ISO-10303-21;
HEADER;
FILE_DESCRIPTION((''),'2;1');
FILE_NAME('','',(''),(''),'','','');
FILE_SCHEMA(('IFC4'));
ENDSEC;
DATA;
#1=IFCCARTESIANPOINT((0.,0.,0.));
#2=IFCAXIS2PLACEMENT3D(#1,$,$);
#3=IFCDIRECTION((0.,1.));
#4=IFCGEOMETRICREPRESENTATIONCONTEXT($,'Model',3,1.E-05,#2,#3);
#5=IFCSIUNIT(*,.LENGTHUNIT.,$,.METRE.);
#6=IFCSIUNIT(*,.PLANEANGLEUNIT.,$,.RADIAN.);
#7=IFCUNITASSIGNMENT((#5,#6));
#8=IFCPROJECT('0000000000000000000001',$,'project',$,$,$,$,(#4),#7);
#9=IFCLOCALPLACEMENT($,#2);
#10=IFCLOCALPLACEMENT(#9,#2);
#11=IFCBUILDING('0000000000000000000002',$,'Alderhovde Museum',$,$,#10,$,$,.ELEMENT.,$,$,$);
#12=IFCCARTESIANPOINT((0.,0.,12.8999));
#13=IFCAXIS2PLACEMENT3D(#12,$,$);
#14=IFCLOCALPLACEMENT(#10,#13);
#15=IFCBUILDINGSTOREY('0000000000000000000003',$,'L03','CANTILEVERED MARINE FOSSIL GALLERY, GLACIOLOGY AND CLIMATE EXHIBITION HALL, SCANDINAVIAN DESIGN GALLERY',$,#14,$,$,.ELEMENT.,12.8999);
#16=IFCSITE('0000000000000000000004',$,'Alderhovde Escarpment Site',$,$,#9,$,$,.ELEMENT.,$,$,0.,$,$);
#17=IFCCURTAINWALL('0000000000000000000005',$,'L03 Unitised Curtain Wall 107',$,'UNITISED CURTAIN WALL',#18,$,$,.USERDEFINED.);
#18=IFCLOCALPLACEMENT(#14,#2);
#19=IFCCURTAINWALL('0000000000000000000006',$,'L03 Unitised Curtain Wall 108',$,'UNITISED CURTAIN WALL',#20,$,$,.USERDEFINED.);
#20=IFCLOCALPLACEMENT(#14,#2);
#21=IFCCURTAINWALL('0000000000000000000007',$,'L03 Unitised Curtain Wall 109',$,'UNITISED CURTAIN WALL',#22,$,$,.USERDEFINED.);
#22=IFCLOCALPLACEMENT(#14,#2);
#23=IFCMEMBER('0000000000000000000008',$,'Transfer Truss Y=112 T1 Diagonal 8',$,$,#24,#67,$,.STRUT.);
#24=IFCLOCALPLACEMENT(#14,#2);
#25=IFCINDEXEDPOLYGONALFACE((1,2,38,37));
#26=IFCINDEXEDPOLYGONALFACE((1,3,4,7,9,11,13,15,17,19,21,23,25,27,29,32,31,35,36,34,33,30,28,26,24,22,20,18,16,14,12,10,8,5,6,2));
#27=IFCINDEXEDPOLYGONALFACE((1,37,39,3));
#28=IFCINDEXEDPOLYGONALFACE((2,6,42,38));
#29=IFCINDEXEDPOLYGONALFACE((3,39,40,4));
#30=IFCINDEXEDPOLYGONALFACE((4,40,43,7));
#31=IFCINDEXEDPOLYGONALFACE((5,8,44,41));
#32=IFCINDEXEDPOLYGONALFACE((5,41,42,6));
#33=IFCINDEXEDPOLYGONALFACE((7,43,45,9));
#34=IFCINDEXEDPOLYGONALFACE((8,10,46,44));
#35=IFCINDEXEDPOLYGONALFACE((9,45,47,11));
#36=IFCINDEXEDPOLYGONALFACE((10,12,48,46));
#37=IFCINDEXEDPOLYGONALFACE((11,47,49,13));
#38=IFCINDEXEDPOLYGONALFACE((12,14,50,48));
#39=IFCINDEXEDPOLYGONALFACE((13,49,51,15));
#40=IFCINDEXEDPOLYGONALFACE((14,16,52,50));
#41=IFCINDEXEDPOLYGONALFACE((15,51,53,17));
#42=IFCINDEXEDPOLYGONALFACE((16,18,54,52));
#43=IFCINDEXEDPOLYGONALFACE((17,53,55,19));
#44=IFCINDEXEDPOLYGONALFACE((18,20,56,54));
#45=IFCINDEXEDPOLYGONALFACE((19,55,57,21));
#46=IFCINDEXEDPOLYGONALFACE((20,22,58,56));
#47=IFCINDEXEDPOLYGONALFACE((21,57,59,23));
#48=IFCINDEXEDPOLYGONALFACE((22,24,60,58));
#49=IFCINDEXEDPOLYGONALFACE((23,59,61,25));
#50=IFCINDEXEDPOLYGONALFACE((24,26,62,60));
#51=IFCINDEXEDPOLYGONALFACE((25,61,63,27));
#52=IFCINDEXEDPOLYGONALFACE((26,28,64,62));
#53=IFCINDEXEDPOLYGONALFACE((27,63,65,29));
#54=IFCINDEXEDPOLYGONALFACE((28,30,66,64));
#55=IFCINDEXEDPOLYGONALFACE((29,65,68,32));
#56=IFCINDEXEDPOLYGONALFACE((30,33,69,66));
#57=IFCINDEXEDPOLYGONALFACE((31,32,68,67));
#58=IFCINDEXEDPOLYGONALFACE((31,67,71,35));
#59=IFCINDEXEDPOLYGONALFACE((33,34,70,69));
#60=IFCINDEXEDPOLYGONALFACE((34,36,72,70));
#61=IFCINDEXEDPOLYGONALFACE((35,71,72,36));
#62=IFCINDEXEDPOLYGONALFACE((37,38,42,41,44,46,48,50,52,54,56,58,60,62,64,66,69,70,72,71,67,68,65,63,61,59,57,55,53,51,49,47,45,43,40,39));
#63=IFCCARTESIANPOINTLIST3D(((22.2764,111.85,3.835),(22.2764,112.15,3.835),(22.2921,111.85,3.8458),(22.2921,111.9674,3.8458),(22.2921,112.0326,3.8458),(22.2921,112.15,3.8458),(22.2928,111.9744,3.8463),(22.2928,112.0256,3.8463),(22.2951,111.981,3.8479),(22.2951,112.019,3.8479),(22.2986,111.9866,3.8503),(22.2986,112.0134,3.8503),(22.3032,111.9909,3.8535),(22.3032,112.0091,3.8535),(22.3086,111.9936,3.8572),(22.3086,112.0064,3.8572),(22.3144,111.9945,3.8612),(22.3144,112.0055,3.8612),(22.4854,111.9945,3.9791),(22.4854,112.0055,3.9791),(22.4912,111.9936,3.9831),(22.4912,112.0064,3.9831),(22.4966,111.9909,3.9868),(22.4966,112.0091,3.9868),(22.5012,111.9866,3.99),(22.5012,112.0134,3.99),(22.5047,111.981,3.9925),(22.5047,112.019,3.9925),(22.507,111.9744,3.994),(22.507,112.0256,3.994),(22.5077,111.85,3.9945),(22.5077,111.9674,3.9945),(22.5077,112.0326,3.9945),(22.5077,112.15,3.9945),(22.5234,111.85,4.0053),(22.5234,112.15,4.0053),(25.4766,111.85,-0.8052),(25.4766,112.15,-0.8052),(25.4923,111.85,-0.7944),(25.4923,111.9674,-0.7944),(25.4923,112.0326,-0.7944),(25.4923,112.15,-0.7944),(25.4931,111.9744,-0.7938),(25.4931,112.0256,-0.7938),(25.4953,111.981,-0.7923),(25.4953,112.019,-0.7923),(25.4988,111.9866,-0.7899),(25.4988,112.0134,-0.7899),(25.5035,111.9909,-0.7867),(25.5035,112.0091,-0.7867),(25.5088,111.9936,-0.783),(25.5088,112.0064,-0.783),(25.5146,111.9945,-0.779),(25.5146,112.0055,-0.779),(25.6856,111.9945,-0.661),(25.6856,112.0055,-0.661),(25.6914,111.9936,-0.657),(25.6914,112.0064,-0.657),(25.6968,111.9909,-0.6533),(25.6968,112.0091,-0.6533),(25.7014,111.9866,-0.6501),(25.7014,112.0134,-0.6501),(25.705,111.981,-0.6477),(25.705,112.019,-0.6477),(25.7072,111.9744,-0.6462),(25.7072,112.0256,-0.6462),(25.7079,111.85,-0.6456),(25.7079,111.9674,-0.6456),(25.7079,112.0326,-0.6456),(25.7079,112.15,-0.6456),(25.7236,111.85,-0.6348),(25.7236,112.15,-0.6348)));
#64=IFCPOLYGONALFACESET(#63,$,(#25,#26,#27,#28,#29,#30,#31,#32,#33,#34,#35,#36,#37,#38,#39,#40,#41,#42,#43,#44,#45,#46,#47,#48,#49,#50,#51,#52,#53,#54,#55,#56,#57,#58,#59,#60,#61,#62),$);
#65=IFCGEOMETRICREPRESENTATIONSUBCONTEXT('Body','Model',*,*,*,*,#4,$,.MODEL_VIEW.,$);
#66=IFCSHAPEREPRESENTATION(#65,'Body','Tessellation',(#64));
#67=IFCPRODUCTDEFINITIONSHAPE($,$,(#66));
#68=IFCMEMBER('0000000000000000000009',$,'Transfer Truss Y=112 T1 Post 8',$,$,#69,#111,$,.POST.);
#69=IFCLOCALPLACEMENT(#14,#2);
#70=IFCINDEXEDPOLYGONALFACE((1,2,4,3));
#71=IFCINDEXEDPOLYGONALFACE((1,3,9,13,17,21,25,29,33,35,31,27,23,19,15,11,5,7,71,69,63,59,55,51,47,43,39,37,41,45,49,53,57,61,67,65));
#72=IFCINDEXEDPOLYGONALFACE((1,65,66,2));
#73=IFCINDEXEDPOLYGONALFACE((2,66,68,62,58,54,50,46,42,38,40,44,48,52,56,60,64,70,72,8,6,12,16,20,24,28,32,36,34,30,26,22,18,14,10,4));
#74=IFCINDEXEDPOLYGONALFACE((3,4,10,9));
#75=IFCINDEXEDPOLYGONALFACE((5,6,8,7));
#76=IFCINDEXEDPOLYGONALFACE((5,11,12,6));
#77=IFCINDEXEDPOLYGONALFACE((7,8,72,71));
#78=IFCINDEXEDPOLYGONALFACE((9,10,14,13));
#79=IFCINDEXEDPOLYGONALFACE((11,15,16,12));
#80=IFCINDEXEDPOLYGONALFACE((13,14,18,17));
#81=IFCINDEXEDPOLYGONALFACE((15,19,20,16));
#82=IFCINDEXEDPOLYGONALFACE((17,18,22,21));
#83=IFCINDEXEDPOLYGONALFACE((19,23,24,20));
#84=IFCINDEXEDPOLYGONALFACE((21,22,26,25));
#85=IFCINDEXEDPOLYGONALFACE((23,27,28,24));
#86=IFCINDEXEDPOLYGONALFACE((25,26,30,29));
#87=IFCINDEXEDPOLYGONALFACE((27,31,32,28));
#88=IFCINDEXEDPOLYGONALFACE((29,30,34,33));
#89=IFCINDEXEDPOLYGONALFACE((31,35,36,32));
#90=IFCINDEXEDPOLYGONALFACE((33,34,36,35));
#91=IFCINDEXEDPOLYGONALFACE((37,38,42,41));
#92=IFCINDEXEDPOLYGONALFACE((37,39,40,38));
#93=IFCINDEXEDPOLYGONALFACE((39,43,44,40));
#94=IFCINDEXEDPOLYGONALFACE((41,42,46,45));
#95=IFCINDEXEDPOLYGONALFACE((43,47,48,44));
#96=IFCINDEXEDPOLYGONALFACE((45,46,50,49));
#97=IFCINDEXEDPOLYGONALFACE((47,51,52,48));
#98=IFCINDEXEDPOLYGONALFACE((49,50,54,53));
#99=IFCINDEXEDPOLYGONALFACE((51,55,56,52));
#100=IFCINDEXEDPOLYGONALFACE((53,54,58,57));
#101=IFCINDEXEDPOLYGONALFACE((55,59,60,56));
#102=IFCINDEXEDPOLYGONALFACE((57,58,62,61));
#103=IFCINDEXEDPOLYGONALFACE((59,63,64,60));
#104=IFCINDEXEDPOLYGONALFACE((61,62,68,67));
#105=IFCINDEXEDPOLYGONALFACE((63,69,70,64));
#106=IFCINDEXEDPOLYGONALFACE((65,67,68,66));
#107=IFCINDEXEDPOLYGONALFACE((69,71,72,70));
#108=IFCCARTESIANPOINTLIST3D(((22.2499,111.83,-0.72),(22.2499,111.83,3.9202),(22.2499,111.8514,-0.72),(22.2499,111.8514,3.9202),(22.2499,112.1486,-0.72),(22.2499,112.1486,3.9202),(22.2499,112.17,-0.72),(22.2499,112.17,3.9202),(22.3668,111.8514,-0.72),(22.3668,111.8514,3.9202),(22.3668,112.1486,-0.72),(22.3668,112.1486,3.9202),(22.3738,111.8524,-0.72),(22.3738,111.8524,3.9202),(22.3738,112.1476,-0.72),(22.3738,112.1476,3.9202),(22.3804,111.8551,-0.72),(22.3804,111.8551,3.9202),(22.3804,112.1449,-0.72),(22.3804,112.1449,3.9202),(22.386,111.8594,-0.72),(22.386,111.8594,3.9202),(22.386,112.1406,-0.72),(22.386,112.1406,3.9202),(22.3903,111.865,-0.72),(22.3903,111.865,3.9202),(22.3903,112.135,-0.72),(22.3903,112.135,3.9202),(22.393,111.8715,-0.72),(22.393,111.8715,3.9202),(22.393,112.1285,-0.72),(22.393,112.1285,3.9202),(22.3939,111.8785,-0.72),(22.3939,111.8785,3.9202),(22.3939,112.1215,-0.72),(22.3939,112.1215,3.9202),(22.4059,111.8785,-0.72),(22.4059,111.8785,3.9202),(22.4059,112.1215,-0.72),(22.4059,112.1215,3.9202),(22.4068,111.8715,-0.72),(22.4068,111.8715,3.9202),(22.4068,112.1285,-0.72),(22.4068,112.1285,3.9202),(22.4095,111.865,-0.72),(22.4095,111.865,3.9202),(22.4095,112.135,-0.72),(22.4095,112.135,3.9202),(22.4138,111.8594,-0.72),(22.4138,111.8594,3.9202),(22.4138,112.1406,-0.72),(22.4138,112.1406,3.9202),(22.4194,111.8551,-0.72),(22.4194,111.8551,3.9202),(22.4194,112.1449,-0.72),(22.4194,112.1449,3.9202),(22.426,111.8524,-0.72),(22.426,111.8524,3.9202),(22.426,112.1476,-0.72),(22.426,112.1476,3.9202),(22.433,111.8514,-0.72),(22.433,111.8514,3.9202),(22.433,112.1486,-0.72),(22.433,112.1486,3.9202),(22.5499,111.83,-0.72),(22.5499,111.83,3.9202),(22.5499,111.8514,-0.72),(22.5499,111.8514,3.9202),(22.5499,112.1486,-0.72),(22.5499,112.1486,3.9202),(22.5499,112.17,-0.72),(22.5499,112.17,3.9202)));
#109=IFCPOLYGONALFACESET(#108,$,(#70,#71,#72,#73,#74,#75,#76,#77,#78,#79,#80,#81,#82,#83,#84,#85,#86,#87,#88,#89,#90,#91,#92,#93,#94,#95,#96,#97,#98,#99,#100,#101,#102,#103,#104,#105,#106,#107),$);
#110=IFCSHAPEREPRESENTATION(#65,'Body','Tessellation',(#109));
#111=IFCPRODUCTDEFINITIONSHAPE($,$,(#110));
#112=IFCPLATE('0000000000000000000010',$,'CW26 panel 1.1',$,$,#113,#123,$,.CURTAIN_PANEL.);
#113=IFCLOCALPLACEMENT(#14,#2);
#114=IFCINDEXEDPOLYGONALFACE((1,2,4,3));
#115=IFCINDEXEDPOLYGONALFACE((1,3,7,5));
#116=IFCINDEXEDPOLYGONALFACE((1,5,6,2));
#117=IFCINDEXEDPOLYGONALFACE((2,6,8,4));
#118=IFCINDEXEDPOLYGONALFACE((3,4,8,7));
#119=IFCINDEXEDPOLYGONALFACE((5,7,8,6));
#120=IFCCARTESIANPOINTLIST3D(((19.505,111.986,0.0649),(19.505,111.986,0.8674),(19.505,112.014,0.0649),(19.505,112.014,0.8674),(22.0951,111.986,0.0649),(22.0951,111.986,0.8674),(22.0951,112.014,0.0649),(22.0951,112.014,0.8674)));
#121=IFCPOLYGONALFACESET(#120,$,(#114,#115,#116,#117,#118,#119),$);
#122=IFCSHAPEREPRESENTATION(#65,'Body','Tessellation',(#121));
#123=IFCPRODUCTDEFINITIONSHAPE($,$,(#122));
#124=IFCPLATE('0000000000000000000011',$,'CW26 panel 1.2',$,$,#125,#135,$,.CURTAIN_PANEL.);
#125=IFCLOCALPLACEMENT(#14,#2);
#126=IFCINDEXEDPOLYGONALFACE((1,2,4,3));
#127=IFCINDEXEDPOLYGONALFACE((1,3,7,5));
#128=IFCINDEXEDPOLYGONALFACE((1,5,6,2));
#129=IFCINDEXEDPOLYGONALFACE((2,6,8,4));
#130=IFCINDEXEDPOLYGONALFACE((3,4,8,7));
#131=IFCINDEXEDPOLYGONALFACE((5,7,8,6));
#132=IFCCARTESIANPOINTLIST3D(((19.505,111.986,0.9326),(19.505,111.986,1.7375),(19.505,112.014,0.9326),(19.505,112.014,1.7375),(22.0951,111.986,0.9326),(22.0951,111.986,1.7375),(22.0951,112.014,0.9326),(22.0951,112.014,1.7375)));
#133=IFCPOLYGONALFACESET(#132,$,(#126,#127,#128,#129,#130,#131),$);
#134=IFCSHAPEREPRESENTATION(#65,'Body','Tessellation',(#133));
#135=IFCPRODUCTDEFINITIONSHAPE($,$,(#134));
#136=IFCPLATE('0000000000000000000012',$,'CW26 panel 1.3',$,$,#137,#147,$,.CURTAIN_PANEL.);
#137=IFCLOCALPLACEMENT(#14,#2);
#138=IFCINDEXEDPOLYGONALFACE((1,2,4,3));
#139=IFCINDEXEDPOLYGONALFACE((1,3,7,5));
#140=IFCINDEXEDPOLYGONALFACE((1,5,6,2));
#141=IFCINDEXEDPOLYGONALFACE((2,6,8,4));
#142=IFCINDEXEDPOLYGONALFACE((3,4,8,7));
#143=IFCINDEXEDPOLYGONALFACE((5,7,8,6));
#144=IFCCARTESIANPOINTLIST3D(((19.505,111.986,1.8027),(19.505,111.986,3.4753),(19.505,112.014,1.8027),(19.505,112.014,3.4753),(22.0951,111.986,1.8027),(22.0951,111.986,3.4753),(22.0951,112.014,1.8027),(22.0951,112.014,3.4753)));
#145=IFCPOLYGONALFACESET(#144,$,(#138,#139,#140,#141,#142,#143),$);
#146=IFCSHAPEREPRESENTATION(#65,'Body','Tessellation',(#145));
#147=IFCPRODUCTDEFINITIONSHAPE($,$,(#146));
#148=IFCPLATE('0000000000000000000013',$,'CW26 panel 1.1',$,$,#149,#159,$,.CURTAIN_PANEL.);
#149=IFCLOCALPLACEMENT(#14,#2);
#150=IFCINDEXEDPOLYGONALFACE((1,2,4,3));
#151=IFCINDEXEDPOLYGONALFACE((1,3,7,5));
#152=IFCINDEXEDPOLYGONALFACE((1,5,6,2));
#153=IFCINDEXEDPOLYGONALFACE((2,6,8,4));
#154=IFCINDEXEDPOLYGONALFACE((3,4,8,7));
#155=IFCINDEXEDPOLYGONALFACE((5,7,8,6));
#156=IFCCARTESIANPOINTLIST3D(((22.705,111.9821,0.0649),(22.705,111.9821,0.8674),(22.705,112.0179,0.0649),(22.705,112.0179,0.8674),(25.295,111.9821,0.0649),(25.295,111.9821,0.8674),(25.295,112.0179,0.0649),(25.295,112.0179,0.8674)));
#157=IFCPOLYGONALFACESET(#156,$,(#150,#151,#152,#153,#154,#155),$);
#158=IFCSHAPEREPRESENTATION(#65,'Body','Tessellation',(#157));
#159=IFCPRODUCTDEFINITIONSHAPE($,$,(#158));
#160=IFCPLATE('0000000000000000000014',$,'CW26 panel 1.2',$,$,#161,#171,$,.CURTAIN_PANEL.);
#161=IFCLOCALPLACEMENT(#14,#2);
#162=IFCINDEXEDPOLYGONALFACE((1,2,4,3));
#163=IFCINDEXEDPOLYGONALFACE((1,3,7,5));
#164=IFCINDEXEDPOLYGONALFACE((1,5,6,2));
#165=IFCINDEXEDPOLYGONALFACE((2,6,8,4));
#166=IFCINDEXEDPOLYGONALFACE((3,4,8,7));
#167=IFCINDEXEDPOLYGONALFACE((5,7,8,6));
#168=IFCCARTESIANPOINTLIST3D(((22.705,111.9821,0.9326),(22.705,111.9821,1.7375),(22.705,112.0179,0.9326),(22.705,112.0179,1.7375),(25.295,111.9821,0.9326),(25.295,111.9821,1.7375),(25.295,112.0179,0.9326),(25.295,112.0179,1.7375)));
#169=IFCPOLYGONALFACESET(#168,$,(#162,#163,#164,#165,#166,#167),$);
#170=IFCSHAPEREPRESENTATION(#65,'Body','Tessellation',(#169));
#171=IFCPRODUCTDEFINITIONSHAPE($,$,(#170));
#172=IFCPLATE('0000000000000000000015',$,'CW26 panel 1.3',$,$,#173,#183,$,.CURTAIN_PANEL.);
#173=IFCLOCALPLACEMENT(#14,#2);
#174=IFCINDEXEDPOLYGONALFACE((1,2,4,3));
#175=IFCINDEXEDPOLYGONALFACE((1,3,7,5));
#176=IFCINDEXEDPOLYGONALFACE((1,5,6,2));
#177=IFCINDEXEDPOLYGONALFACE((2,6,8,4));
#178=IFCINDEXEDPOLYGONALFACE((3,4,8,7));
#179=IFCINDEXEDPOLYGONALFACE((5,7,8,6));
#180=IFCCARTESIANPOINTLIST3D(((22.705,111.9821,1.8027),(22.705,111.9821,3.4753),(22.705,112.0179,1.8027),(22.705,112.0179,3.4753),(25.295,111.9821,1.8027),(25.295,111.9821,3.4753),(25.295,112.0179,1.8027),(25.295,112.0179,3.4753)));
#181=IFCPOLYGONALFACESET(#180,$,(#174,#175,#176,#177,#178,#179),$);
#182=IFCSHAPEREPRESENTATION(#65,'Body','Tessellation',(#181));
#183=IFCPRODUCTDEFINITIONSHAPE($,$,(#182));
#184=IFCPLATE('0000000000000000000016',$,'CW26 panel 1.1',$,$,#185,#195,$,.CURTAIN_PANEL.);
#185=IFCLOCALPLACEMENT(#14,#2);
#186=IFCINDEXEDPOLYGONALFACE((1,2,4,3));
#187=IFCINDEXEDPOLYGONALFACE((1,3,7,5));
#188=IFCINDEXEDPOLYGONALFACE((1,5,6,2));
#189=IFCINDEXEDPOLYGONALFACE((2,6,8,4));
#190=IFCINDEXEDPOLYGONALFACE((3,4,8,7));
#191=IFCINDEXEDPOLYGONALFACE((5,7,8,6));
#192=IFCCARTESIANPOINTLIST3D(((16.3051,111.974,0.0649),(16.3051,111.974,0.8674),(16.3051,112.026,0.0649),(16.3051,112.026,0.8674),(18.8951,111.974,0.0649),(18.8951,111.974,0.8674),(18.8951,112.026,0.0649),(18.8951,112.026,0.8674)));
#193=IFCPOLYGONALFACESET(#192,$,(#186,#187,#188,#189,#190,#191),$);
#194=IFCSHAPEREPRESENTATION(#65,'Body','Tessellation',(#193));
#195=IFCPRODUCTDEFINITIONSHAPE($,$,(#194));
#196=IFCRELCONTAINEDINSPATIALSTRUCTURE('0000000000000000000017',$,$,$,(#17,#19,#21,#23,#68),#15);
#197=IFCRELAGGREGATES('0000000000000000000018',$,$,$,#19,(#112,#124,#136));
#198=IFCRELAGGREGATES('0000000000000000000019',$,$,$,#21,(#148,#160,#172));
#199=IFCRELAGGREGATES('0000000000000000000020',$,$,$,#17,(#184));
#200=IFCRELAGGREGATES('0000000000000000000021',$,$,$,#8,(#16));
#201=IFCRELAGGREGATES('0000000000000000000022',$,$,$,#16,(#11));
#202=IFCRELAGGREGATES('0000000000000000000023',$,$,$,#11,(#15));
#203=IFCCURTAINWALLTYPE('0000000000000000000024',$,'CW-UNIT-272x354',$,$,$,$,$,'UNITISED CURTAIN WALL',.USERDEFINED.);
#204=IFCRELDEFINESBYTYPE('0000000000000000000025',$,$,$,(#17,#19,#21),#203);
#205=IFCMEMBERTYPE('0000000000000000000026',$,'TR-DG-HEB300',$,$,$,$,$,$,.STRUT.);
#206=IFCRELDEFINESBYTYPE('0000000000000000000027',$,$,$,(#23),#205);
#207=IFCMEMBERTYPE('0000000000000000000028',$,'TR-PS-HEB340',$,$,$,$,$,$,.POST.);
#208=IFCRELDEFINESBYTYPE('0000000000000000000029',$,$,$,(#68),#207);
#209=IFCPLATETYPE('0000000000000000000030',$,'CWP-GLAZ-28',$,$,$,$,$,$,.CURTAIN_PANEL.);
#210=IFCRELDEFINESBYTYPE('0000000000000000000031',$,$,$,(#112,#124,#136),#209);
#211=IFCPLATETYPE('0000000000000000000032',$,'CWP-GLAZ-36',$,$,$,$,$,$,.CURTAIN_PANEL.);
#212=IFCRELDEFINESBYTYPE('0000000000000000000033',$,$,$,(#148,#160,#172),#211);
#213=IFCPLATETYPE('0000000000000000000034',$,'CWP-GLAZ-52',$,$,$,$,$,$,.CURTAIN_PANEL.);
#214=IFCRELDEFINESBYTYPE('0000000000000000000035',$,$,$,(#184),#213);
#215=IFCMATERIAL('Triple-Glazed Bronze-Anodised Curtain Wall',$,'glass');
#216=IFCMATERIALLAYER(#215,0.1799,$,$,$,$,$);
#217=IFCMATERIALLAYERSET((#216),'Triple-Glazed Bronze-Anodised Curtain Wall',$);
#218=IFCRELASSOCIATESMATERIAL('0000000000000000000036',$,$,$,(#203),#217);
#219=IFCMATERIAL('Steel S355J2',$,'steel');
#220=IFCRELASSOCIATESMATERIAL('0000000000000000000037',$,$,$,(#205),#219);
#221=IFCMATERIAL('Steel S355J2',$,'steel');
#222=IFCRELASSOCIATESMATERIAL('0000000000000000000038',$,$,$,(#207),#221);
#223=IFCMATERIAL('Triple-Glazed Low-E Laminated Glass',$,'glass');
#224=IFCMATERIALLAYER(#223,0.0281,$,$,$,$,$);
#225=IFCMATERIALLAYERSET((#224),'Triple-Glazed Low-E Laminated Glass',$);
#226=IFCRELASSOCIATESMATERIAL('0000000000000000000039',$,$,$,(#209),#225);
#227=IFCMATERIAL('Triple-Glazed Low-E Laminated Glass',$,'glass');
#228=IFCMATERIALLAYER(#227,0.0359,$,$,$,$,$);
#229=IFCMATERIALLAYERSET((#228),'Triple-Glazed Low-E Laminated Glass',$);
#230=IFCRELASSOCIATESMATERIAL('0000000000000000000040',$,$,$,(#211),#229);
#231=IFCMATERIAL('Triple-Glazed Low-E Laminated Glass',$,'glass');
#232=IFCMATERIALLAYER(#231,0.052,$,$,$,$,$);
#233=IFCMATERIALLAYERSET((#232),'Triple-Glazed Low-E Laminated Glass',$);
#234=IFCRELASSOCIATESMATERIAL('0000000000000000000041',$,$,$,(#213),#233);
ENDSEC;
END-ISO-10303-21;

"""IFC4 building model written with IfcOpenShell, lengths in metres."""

from ifc_helpers import new_model, si_unit, direction, frame, origin, origin_2d, place, context, subcontext, project, spatial, rectangle, i_section, extrude, material, layer, layer_set, material_profile, profile_set, type_object, element, aggregate, save


model = new_model("IFC4")

# Units and contexts
model_context = context("Model", 3, precision=1e-05, world=origin(), true_north=direction((0.0, 1.0)))
body_context = subcontext(model_context, "Body", "Model", "MODEL_VIEW")
ifc_project = project(units=[si_unit("LENGTHUNIT", "METRE"), si_unit("PLANEANGLEUNIT", "RADIAN")], contexts=[model_context])

# Site, building, storey
site_placement = place(None, origin())
site = spatial("IfcSite", under=ifc_project, at=site_placement, Name="Alderhovde Escarpment Site", CompositionType="ELEMENT", RefElevation=0.0)
building_placement = place(site_placement, origin())
building = spatial("IfcBuilding", under=site, at=building_placement, Name="Alderhovde Museum", CompositionType="ELEMENT")
storey_placement = place(building_placement, frame((0.0, 0.0, 12.8999)))
storey = spatial("IfcBuildingStorey", under=building, at=storey_placement, Name="L03", Description="CANTILEVERED MARINE FOSSIL GALLERY, GLACIOLOGY AND CLIMATE EXHIBITION HALL, SCANDINAVIAN DESIGN GALLERY", CompositionType="ELEMENT", Elevation=12.8999)

# Curtain walls
ifc_material_1 = material(Name="Triple-Glazed Bronze-Anodised Curtain Wall", Category="glass")
ifc_layer_1 = layer(ifc_material_1, 0.1799)
ifc_layer_set_1 = layer_set([ifc_layer_1], Name="Triple-Glazed Bronze-Anodised Curtain Wall")
curtain_wall_type = type_object("IfcCurtainWallType", Name="CW-UNIT-272x354", ElementType="UNITISED CURTAIN WALL", PredefinedType="USERDEFINED", material=ifc_layer_set_1)
curtain_wall_1_placement = place(storey_placement, origin())
curtain_wall_1 = element("IfcCurtainWall", 1, at=curtain_wall_1_placement, inside=storey, type_object=curtain_wall_type, Name="L03 Unitised Curtain Wall 107", ObjectType="UNITISED CURTAIN WALL", PredefinedType="USERDEFINED")
curtain_wall_2_placement = place(storey_placement, origin())
curtain_wall_2 = element("IfcCurtainWall", 2, at=curtain_wall_2_placement, inside=storey, type_object=curtain_wall_type, Name="L03 Unitised Curtain Wall 108", ObjectType="UNITISED CURTAIN WALL", PredefinedType="USERDEFINED")
curtain_wall_3_placement = place(storey_placement, origin())
curtain_wall_3 = element("IfcCurtainWall", 3, at=curtain_wall_3_placement, inside=storey, type_object=curtain_wall_type, Name="L03 Unitised Curtain Wall 109", ObjectType="UNITISED CURTAIN WALL", PredefinedType="USERDEFINED")

# Members
ifc_material_2 = material(Name="Steel S355J2", Category="steel")
ifc_material_profile_1 = material_profile(ifc_material_2, i_section(OverallWidth=0.3, OverallDepth=0.3, WebThickness=0.011, FlangeThickness=0.019, FilletRadius=0.0271, at=origin_2d()), Name="HEB 300")
ifc_profile_set_1 = profile_set([ifc_material_profile_1], Name="Steel S355J2")
member_type_1 = type_object("IfcMemberType", Name="TR-DG-HEB300", PredefinedType="STRUT", material=ifc_profile_set_1)
member_1_placement = place(storey_placement, frame((22.3999, 112.0, 3.9202), z_axis=(0.567745, 0.0, -0.823204), x_axis=(0.0, 1.0, 0.0)))
element("IfcMember", 4, at=member_1_placement, inside=storey, type_object=member_type_1, Name="Transfer Truss Y=112 T1 Diagonal 8", PredefinedType="STRUT", context=body_context, shape_type="SweptSolid", body=[
    extrude(i_section(OverallWidth=0.3, OverallDepth=0.3, WebThickness=0.011, FlangeThickness=0.019, FilletRadius=0.0271, at=origin_2d()), origin(), (0.0, 0.0, 1.0), 5.6367),
])
ifc_material_3 = material(Name="Steel S355J2", Category="steel")
ifc_material_profile_2 = material_profile(ifc_material_3, i_section(OverallWidth=0.3, OverallDepth=0.3401, WebThickness=0.012, FlangeThickness=0.0215, FilletRadius=0.0271, at=origin_2d()), Name="HEB 340")
ifc_profile_set_2 = profile_set([ifc_material_profile_2], Name="Steel S355J2")
member_type_2 = type_object("IfcMemberType", Name="TR-PS-HEB340", PredefinedType="POST", material=ifc_profile_set_2)
member_2_placement = place(storey_placement, frame((22.3999, 112.0, -0.72), z_axis=(0.0, 0.0, 1.0), x_axis=(1.0, 0.0, 0.0)))
element("IfcMember", 5, at=member_2_placement, inside=storey, type_object=member_type_2, Name="Transfer Truss Y=112 T1 Post 8", PredefinedType="POST", context=body_context, shape_type="SweptSolid", body=[
    extrude(i_section(OverallWidth=0.3, OverallDepth=0.3401, WebThickness=0.012, FlangeThickness=0.0215, FilletRadius=0.0271, at=origin_2d()), origin(), (0.0, 0.0, 1.0), 4.6401),
])

# Plates
ifc_material_4 = material(Name="Triple-Glazed Low-E Laminated Glass", Category="glass")
ifc_layer_2 = layer(ifc_material_4, 0.0281)
ifc_layer_set_2 = layer_set([ifc_layer_2], Name="Triple-Glazed Low-E Laminated Glass")
plate_type_1 = type_object("IfcPlateType", Name="CWP-GLAZ-28", PredefinedType="CURTAIN_PANEL", material=ifc_layer_set_2)
plate_1_placement = place(storey_placement, frame((20.8, 112.0, 0.0649), z_axis=(0.0, 0.0, 1.0), x_axis=(1.0, 0.0, 0.0)))
plate_1 = element("IfcPlate", 6, at=plate_1_placement, type_object=plate_type_1, Name="CW26 panel 1.1", PredefinedType="CURTAIN_PANEL", context=body_context, shape_type="SweptSolid", body=[
    extrude(rectangle(XDim=2.5901, YDim=0.0281, at=origin_2d()), origin(), (0.0, 0.0, 1.0), 0.8025),
])
plate_2_placement = place(storey_placement, frame((20.8, 112.0, 0.9326), z_axis=(0.0, 0.0, 1.0), x_axis=(1.0, 0.0, 0.0)))
plate_2 = element("IfcPlate", 7, at=plate_2_placement, type_object=plate_type_1, Name="CW26 panel 1.2", PredefinedType="CURTAIN_PANEL", context=body_context, shape_type="SweptSolid", body=[
    extrude(rectangle(XDim=2.5901, YDim=0.0281, at=origin_2d()), origin(), (0.0, 0.0, 1.0), 0.8049),
])
plate_3_placement = place(storey_placement, frame((20.8, 112.0, 1.8027), z_axis=(0.0, 0.0, 1.0), x_axis=(1.0, 0.0, 0.0)))
plate_3 = element("IfcPlate", 8, at=plate_3_placement, type_object=plate_type_1, Name="CW26 panel 1.3", PredefinedType="CURTAIN_PANEL", context=body_context, shape_type="SweptSolid", body=[
    extrude(rectangle(XDim=2.5901, YDim=0.0281, at=origin_2d()), origin(), (0.0, 0.0, 1.0), 1.6726),
])
aggregate(curtain_wall_2, [plate_1, plate_2, plate_3])
ifc_material_5 = material(Name="Triple-Glazed Low-E Laminated Glass", Category="glass")
ifc_layer_3 = layer(ifc_material_5, 0.0359)
ifc_layer_set_3 = layer_set([ifc_layer_3], Name="Triple-Glazed Low-E Laminated Glass")
plate_type_2 = type_object("IfcPlateType", Name="CWP-GLAZ-36", PredefinedType="CURTAIN_PANEL", material=ifc_layer_set_3)
plate_4_placement = place(storey_placement, frame((24.0, 112.0, 0.0649), z_axis=(0.0, 0.0, 1.0), x_axis=(1.0, 0.0, 0.0)))
plate_4 = element("IfcPlate", 9, at=plate_4_placement, type_object=plate_type_2, Name="CW26 panel 1.1", PredefinedType="CURTAIN_PANEL", context=body_context, shape_type="SweptSolid", body=[
    extrude(rectangle(XDim=2.5901, YDim=0.0359, at=origin_2d()), origin(), (0.0, 0.0, 1.0), 0.8025),
])
plate_5_placement = place(storey_placement, frame((24.0, 112.0, 0.9326), z_axis=(0.0, 0.0, 1.0), x_axis=(1.0, 0.0, 0.0)))
plate_5 = element("IfcPlate", 10, at=plate_5_placement, type_object=plate_type_2, Name="CW26 panel 1.2", PredefinedType="CURTAIN_PANEL", context=body_context, shape_type="SweptSolid", body=[
    extrude(rectangle(XDim=2.5901, YDim=0.0359, at=origin_2d()), origin(), (0.0, 0.0, 1.0), 0.8049),
])
plate_6_placement = place(storey_placement, frame((24.0, 112.0, 1.8027), z_axis=(0.0, 0.0, 1.0), x_axis=(1.0, 0.0, 0.0)))
plate_6 = element("IfcPlate", 11, at=plate_6_placement, type_object=plate_type_2, Name="CW26 panel 1.3", PredefinedType="CURTAIN_PANEL", context=body_context, shape_type="SweptSolid", body=[
    extrude(rectangle(XDim=2.5901, YDim=0.0359, at=origin_2d()), origin(), (0.0, 0.0, 1.0), 1.6726),
])
aggregate(curtain_wall_3, [plate_4, plate_5, plate_6])
ifc_material_6 = material(Name="Triple-Glazed Low-E Laminated Glass", Category="glass")
ifc_layer_4 = layer(ifc_material_6, 0.052)
ifc_layer_set_4 = layer_set([ifc_layer_4], Name="Triple-Glazed Low-E Laminated Glass")
plate_type_3 = type_object("IfcPlateType", Name="CWP-GLAZ-52", PredefinedType="CURTAIN_PANEL", material=ifc_layer_set_4)
plate_7_placement = place(storey_placement, frame((17.6001, 112.0, 0.0649), z_axis=(0.0, 0.0, 1.0), x_axis=(1.0, 0.0, 0.0)))
plate_7 = element("IfcPlate", 12, at=plate_7_placement, type_object=plate_type_3, Name="CW26 panel 1.1", PredefinedType="CURTAIN_PANEL", context=body_context, shape_type="SweptSolid", body=[
    extrude(rectangle(XDim=2.5901, YDim=0.052, at=origin_2d()), origin(), (0.0, 0.0, 1.0), 0.8025),
])
aggregate(curtain_wall_1, [plate_7])

save(model, "model.ifc")
